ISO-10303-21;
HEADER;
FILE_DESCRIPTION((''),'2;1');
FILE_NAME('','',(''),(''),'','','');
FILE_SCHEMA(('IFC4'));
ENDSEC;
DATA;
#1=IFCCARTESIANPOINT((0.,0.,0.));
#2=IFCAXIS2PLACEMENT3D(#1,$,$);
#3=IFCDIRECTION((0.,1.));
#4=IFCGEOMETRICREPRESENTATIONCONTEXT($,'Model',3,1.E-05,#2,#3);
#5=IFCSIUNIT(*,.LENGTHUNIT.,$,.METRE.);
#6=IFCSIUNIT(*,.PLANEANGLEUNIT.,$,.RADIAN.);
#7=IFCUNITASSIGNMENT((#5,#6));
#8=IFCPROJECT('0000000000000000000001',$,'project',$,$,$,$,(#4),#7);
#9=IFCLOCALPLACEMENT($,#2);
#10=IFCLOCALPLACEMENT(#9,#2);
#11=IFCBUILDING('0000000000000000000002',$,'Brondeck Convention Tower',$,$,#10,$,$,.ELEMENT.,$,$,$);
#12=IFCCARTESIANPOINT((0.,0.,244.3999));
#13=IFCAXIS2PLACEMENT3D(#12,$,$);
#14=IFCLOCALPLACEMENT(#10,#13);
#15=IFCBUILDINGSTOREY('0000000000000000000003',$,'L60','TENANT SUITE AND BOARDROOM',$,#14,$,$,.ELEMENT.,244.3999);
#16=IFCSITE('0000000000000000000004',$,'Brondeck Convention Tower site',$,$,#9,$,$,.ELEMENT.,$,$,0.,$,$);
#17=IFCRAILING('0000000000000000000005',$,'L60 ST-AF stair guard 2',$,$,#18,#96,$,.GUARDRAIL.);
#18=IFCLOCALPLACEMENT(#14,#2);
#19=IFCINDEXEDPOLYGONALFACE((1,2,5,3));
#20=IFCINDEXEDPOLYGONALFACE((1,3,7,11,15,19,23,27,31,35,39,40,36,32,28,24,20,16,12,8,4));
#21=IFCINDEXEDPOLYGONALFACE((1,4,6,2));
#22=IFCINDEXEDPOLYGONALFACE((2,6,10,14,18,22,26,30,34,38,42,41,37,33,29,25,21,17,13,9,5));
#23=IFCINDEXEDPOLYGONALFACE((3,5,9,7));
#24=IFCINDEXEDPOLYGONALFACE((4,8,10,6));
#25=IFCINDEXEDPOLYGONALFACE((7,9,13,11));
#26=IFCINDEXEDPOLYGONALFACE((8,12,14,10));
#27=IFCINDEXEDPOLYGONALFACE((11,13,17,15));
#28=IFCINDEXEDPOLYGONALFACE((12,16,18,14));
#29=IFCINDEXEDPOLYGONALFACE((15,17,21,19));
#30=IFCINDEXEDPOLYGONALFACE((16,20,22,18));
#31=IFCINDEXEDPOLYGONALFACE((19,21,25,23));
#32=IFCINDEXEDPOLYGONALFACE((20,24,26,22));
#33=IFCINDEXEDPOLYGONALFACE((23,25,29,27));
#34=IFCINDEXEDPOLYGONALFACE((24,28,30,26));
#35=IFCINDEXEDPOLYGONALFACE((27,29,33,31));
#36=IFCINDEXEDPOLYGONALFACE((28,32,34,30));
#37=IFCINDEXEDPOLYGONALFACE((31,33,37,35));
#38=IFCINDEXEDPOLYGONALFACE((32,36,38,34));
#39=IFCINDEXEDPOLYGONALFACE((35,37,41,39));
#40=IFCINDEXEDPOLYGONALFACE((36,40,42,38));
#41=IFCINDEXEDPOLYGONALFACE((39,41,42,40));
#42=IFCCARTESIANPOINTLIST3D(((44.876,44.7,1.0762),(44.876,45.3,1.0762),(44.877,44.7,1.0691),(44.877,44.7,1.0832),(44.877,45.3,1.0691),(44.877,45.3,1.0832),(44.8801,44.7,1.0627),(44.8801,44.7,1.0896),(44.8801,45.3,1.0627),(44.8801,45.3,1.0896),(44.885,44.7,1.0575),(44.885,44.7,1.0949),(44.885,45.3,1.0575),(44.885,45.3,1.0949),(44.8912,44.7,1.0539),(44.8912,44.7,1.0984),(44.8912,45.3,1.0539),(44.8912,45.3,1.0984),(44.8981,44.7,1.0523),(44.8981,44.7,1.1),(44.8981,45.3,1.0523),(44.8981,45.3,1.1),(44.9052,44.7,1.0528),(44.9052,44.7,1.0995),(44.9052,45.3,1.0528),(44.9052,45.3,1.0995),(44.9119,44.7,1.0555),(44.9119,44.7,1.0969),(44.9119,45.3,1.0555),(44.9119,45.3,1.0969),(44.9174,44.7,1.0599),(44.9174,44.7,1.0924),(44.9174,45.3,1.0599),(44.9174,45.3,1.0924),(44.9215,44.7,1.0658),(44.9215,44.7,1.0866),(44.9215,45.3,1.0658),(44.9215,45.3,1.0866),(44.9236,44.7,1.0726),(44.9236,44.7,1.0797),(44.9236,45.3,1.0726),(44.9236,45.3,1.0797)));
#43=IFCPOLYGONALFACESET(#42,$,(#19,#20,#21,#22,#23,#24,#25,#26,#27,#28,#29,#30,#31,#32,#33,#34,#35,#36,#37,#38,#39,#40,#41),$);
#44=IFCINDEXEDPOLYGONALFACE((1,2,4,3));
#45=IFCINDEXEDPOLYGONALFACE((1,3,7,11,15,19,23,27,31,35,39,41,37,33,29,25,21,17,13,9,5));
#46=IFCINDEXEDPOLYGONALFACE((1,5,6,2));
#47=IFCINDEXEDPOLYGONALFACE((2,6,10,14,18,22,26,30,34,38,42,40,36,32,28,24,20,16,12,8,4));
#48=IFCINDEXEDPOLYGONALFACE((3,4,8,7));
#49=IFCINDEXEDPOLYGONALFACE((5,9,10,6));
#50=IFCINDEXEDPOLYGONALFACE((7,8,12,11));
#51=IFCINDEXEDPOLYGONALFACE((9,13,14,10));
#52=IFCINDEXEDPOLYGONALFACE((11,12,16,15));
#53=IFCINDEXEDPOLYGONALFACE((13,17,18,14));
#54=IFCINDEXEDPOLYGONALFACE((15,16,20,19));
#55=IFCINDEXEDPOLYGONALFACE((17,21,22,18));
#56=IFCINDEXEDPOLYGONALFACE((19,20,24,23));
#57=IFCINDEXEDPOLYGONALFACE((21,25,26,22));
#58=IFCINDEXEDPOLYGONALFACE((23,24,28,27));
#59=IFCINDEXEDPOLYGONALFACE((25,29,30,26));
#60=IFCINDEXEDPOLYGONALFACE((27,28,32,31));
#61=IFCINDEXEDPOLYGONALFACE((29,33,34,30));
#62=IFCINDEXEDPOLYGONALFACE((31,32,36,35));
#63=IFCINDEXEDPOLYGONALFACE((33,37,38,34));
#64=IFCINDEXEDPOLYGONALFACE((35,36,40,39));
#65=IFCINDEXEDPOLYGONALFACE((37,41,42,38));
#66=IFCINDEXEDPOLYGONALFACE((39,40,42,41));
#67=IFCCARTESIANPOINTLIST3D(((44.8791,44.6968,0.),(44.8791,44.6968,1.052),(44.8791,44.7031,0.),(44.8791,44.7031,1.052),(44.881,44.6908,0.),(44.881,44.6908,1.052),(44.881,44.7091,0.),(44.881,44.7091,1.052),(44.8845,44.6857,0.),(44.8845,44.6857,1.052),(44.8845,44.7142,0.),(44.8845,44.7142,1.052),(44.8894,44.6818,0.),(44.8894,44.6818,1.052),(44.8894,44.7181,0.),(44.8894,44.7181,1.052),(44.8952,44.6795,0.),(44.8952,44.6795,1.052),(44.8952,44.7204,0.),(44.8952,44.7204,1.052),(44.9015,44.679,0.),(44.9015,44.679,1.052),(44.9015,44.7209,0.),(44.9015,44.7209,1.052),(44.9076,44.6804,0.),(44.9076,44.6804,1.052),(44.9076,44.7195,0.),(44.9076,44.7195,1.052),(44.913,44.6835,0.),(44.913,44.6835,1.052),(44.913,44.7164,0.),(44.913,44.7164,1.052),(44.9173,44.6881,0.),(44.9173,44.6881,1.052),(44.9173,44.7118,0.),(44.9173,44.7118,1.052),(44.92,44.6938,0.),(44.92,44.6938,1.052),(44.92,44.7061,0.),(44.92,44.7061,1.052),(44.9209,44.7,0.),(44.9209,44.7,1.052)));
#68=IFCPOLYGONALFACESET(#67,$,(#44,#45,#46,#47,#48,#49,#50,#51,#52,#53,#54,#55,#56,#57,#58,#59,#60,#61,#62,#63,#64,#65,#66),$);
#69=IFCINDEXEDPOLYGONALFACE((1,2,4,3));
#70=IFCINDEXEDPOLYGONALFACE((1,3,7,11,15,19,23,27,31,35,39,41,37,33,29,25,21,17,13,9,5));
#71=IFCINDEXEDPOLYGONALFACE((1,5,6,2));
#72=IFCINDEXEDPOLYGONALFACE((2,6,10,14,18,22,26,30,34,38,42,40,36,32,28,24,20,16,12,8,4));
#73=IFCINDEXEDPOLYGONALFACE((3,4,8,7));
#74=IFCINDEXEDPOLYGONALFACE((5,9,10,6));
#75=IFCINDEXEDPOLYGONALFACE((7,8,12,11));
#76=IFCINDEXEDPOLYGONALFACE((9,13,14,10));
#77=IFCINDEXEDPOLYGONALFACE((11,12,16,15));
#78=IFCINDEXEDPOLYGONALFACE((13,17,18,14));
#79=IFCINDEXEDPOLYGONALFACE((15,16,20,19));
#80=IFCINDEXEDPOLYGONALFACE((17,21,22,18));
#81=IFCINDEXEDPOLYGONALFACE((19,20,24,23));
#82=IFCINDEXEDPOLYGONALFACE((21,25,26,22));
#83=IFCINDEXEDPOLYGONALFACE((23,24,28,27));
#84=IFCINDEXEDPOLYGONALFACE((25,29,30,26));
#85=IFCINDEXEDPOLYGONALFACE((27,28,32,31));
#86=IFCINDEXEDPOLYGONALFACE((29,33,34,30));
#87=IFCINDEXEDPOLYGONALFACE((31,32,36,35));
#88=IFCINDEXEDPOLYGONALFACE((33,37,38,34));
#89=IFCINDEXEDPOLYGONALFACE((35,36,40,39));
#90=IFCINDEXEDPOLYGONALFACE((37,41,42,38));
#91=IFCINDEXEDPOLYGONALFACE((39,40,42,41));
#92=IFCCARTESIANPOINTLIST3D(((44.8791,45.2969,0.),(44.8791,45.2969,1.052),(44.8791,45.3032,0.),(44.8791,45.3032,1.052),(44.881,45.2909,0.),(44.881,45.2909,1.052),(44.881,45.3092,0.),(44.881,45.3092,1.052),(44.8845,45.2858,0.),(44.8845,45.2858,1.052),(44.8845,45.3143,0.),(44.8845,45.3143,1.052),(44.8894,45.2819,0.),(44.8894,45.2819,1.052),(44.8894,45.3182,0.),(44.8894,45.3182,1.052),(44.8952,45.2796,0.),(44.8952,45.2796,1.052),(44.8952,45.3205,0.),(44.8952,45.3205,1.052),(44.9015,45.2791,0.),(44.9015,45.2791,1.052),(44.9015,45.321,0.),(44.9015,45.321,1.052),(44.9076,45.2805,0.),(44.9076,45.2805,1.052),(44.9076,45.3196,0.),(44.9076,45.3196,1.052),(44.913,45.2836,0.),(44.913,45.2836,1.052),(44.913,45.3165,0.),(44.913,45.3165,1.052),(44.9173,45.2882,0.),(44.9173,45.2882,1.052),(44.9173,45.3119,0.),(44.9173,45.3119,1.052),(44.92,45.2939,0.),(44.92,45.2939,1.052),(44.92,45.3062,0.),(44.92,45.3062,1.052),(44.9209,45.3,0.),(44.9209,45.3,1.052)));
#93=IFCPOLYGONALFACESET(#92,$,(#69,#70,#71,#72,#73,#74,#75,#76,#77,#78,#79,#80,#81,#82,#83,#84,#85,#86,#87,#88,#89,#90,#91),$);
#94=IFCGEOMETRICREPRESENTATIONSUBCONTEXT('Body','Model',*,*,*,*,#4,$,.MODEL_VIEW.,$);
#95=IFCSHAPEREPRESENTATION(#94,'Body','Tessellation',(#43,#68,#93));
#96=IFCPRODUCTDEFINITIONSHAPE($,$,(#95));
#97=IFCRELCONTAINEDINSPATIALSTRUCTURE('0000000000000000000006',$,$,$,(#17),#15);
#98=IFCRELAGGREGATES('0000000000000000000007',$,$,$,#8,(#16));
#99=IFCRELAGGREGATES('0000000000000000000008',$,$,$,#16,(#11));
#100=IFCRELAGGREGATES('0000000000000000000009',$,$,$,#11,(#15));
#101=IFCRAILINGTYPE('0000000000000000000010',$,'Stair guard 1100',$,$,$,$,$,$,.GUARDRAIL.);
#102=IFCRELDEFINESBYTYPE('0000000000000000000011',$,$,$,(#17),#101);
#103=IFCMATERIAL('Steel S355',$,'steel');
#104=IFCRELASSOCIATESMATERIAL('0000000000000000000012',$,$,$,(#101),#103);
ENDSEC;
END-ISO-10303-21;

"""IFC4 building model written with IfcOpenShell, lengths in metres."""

from ifc_helpers import new_model, si_unit, direction, frame, origin, origin_2d, place, context, subcontext, project, spatial, circle, extrude, material, type_object, element, save


model = new_model("IFC4")

# Units and contexts
model_context = context("Model", 3, precision=1e-05, world=origin(), true_north=direction((0.0, 1.0)))
body_context = subcontext(model_context, "Body", "Model", "MODEL_VIEW")
ifc_project = project(units=[si_unit("LENGTHUNIT", "METRE"), si_unit("PLANEANGLEUNIT", "RADIAN")], contexts=[model_context])

# Site, building, storey
site_placement = place(None, origin())
site = spatial("IfcSite", under=ifc_project, at=site_placement, Name="Brondeck Convention Tower site", CompositionType="ELEMENT", RefElevation=0.0)
building_placement = place(site_placement, origin())
building = spatial("IfcBuilding", under=site, at=building_placement, Name="Brondeck Convention Tower", CompositionType="ELEMENT")
storey_placement = place(building_placement, frame((0.0, 0.0, 244.3999)))
storey = spatial("IfcBuildingStorey", under=building, at=storey_placement, Name="L60", Description="TENANT SUITE AND BOARDROOM", CompositionType="ELEMENT", Elevation=244.3999)

# Shared definitions
ifc_material_1 = material(Name="Steel S355", Category="steel")

# Railing
railing_type_1 = type_object("IfcRailingType", Name="Stair guard 1100", PredefinedType="GUARDRAIL", material=ifc_material_1)
railing_1_placement = place(storey_placement, frame((44.8999, 44.7, 0.0)))
element("IfcRailing", 1, at=railing_1_placement, inside=storey, type_object=railing_type_1, Name="L60 ST-AF stair guard 2", PredefinedType="GUARDRAIL", context=body_context, shape_type="SweptSolid", body=[
    extrude(circle(Radius=0.0239, at=origin_2d()), frame((0.0, 0.0, 1.0762), z_axis=(0.0, 1.0, 0.0), x_axis=(-1.0, 0.0, 0.0)), (0.0, 0.0, 1.0), 0.6001),
    extrude(circle(Radius=0.021, at=origin_2d()), origin(), (0.0, 0.0, 1.0), 1.052),
    extrude(circle(Radius=0.021, at=origin_2d()), frame((0.0, 0.6001, 0.0)), (0.0, 0.0, 1.0), 1.052),
])

save(model, "model.ifc")
